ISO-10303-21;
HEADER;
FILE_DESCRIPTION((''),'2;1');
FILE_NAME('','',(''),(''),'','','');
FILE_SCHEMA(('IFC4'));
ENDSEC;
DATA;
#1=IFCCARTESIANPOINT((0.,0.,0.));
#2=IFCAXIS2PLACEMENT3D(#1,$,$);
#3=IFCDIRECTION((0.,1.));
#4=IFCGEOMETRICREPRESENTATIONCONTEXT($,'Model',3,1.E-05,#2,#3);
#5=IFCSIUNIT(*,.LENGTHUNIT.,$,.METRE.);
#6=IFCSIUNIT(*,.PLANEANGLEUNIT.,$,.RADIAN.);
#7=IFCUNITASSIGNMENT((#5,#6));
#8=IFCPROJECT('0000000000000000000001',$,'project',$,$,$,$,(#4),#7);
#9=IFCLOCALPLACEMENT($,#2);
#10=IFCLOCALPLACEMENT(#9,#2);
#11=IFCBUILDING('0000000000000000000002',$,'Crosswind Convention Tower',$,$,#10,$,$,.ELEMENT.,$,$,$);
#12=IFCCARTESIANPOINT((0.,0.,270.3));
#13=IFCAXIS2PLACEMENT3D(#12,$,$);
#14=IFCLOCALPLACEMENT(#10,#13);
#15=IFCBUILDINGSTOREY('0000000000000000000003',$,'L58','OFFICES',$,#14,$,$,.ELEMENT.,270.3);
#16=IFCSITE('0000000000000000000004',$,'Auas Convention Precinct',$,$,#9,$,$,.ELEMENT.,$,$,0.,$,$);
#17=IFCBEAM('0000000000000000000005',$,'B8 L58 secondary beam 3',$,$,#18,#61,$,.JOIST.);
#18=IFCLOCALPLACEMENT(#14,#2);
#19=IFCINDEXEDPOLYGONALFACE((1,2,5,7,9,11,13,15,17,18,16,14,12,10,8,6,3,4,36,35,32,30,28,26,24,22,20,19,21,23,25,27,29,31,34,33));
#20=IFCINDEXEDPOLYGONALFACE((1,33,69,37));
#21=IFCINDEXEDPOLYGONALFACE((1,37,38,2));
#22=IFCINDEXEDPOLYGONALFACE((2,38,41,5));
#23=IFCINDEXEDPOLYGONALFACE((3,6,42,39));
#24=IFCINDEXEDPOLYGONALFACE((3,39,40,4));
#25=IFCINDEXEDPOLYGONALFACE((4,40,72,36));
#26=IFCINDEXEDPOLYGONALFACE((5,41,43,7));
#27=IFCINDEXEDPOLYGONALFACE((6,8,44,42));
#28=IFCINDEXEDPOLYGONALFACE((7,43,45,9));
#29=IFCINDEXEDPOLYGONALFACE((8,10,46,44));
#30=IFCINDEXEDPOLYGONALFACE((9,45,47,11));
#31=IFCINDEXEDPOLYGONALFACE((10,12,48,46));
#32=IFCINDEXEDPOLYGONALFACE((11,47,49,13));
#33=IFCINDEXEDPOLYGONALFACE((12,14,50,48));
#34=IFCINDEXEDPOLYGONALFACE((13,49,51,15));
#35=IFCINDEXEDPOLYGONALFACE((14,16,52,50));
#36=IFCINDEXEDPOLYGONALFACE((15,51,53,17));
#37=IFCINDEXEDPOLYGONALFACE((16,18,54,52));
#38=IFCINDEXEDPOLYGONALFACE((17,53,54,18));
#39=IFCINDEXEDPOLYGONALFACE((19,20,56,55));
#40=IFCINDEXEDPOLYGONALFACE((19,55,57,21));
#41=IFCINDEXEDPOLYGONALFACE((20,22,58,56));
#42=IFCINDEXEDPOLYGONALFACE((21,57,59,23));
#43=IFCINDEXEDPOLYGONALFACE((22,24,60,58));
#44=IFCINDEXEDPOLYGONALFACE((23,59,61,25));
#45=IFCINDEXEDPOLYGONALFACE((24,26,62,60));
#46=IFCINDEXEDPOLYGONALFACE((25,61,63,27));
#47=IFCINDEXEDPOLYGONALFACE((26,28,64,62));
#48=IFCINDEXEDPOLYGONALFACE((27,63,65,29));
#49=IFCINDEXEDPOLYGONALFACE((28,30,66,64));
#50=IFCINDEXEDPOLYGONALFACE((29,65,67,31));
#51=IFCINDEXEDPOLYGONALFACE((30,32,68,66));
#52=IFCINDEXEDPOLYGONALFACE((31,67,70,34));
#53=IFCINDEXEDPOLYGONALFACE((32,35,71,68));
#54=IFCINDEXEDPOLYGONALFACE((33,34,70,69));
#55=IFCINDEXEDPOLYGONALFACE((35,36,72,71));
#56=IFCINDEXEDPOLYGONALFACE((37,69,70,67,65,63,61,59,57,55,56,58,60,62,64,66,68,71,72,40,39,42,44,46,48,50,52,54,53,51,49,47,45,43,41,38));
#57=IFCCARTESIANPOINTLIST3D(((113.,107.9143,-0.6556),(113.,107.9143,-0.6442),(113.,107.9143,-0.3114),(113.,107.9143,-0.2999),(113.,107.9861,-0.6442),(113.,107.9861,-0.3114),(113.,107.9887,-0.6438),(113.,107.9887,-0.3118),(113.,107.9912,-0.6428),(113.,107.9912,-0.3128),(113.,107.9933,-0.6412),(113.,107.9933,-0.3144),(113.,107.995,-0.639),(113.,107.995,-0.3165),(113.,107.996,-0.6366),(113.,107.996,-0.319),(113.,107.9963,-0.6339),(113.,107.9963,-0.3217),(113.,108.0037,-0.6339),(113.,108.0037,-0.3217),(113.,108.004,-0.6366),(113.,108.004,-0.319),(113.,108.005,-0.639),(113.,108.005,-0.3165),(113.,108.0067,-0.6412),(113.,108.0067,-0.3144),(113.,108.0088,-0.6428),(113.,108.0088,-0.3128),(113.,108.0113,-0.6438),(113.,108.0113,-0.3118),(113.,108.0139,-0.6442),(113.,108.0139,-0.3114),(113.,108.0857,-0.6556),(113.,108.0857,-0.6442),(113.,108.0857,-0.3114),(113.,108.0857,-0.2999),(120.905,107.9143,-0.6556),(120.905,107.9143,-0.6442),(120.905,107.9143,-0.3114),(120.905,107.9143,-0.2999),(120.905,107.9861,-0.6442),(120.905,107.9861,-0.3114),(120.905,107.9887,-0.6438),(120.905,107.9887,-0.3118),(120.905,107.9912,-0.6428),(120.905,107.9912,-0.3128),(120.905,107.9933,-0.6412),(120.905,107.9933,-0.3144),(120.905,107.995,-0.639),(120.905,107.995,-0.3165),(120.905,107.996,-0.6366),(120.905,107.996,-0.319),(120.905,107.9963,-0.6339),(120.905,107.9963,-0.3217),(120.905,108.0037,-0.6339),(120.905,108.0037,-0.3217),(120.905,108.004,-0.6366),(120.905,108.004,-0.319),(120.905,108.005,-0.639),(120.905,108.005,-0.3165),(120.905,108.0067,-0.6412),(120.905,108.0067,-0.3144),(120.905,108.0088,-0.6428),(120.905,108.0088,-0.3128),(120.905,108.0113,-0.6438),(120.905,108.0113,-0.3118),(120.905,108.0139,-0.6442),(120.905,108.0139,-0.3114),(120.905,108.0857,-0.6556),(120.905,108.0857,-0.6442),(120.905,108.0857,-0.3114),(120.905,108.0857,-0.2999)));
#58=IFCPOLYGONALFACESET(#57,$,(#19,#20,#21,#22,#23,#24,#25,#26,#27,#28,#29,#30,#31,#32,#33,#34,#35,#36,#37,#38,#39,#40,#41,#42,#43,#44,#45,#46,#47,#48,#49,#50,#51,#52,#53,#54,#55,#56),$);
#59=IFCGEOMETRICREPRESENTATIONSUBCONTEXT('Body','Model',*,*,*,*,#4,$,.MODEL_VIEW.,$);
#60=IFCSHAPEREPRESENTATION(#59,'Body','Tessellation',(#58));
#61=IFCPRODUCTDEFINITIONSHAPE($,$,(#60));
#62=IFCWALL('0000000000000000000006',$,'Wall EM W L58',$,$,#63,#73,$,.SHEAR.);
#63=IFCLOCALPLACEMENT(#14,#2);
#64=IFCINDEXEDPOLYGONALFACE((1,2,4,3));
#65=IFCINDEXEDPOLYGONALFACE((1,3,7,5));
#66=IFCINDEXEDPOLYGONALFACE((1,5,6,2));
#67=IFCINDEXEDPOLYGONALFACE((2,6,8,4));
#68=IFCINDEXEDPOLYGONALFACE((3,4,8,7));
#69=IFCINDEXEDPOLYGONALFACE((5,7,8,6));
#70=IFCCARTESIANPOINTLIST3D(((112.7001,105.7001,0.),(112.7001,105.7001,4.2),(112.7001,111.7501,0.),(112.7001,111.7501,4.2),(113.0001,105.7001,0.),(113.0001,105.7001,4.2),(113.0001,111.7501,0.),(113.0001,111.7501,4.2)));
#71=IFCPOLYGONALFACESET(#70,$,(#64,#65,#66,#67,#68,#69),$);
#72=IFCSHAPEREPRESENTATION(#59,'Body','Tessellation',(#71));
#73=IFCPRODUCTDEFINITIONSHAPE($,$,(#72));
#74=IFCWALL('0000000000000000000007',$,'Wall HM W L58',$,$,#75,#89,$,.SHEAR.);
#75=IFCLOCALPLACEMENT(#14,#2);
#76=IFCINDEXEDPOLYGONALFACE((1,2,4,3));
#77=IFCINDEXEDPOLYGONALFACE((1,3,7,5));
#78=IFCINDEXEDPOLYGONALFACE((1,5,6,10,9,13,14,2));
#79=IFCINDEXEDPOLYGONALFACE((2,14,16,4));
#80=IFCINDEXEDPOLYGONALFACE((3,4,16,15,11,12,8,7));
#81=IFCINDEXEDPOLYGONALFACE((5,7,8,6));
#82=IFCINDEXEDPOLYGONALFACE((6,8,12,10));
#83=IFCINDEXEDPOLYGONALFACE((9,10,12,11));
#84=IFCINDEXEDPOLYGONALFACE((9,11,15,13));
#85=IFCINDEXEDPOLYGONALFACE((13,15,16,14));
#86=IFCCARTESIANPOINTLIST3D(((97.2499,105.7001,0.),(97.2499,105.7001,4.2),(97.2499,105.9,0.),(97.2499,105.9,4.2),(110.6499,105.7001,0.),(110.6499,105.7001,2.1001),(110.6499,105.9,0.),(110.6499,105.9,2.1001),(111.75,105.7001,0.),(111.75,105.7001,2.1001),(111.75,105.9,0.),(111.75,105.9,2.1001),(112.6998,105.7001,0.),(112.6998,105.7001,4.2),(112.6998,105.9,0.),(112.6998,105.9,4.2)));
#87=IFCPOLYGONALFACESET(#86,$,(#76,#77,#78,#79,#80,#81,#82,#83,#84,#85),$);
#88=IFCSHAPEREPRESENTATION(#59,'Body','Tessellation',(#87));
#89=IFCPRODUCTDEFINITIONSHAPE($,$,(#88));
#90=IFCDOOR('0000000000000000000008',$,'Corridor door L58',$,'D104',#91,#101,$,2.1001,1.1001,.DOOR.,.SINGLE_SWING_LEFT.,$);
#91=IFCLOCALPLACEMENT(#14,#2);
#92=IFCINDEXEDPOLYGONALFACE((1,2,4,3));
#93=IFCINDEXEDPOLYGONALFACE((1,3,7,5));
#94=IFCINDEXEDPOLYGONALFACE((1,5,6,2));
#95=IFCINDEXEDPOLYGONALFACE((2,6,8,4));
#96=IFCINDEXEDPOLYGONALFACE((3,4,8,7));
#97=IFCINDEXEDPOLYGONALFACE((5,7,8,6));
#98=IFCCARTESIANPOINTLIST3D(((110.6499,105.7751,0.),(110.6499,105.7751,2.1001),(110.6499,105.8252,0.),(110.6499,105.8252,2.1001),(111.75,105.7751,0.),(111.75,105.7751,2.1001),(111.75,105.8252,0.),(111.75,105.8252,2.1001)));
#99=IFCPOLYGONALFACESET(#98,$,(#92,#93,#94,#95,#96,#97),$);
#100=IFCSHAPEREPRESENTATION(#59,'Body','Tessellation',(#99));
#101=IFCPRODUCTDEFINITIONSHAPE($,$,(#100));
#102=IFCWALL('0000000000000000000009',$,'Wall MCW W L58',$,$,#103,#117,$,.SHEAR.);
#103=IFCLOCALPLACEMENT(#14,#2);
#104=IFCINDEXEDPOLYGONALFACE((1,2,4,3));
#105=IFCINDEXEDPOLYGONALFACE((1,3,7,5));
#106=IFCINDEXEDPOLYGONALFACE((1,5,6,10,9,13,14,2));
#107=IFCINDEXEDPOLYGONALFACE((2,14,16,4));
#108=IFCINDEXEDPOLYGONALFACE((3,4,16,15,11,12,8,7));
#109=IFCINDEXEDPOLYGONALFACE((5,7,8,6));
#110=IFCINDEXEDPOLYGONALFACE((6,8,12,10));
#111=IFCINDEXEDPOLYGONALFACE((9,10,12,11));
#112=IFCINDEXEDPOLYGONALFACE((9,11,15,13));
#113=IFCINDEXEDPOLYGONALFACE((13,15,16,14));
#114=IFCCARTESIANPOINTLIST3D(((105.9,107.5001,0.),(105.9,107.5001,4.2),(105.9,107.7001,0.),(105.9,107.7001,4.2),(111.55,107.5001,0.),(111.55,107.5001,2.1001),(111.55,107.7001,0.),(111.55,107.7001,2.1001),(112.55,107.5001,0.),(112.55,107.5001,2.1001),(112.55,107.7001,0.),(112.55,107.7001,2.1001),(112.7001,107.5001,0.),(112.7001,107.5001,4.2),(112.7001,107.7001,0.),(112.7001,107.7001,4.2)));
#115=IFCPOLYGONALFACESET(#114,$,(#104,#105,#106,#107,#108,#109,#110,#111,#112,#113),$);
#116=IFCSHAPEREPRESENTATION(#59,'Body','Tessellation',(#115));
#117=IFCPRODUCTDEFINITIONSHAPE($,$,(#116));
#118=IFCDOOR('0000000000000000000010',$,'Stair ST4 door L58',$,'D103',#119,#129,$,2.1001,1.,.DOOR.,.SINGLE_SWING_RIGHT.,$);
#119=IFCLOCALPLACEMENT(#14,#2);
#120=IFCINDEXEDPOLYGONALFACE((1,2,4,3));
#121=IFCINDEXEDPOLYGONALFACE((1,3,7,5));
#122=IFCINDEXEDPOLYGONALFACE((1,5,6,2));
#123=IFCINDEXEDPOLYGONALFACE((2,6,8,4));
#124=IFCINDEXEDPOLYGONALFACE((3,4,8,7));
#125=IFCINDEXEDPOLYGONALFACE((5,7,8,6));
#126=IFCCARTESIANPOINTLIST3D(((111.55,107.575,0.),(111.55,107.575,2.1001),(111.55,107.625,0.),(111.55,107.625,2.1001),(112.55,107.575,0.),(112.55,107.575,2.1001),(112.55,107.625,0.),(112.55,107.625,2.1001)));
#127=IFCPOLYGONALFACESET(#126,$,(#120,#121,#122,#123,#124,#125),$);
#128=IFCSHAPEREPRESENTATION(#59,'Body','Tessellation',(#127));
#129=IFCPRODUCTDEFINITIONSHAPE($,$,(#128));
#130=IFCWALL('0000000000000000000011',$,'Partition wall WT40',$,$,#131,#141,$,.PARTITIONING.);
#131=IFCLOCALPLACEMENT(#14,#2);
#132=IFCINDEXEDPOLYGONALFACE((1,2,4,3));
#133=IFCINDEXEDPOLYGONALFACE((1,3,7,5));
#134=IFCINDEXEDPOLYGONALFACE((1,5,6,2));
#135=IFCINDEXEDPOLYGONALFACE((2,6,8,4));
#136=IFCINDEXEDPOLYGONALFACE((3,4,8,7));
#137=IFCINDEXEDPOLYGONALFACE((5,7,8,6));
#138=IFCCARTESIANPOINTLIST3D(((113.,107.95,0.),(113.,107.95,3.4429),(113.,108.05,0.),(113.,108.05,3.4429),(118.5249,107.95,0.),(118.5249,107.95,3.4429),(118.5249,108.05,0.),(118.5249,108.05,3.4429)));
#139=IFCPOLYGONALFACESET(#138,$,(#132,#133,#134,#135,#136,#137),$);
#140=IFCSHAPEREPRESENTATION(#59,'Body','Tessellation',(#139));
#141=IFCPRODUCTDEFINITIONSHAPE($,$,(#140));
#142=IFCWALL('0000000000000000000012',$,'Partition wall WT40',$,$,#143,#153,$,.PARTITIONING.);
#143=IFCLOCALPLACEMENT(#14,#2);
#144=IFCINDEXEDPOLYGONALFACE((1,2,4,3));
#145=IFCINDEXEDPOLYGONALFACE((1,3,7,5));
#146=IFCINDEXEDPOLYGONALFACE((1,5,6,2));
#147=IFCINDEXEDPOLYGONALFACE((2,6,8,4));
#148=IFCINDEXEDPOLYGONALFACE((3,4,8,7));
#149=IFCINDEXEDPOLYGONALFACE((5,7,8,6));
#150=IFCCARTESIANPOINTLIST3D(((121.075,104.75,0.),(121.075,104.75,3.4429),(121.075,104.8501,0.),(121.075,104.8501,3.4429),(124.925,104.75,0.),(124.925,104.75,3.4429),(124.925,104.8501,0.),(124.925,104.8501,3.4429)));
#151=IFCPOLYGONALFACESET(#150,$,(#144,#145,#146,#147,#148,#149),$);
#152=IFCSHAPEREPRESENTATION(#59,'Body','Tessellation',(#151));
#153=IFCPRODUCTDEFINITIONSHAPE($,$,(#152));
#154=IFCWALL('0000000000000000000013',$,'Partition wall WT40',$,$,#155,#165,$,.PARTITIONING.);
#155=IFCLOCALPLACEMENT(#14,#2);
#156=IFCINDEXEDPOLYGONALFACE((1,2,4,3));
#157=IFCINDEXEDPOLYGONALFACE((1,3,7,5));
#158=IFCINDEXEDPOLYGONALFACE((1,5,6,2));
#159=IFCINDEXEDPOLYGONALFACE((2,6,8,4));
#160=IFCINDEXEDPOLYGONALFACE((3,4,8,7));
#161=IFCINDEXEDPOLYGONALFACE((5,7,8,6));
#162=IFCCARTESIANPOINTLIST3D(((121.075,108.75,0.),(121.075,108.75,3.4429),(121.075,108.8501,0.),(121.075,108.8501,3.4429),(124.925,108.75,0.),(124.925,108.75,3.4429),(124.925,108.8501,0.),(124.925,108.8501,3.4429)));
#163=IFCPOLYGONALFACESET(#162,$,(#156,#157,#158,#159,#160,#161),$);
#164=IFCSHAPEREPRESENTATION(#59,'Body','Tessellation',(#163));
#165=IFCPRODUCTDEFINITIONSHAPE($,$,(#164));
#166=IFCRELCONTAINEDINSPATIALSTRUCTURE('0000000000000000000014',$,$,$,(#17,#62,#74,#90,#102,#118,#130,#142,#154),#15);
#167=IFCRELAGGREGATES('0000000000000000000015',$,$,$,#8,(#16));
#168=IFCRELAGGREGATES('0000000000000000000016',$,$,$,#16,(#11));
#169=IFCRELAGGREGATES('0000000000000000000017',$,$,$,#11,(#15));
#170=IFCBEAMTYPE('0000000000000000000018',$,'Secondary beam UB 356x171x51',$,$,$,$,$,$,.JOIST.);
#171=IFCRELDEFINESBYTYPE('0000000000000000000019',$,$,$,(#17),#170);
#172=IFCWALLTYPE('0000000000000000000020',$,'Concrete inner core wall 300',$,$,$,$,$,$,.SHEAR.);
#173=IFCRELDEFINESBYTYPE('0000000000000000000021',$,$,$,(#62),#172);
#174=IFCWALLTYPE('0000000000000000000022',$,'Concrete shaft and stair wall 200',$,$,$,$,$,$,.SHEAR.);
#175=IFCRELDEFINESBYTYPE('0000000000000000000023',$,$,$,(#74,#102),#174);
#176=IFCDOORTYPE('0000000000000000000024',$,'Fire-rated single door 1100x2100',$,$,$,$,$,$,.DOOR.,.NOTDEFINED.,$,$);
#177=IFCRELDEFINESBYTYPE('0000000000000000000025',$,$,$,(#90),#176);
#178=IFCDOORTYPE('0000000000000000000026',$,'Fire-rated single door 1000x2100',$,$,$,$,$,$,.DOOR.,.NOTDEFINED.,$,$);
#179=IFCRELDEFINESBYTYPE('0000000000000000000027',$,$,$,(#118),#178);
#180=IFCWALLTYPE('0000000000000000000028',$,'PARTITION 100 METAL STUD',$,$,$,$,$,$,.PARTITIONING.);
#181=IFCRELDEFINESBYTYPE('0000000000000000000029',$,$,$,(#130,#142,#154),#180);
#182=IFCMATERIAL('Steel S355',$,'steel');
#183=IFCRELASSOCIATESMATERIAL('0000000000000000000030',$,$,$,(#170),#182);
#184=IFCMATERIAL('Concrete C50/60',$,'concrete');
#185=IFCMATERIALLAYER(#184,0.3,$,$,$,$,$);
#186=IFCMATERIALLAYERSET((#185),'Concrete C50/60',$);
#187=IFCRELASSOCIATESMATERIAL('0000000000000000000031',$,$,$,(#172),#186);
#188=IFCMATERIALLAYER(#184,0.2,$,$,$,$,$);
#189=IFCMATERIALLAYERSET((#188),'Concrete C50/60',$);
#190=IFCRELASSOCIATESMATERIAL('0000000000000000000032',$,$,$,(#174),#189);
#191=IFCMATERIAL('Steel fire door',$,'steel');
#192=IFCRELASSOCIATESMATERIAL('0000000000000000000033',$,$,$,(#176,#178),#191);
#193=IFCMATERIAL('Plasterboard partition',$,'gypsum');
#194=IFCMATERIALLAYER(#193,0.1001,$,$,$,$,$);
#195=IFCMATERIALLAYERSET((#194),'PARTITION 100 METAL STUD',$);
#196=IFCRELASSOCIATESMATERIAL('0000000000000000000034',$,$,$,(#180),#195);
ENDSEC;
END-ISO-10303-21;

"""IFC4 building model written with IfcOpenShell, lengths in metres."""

from ifc_helpers import new_model, si_unit, direction, frame, frame_2d, origin, origin_2d, place, context, subcontext, project, spatial, rectangle, i_section, extrude, material, layer, layer_set, material_profile, profile_set, type_object, element, fill, save


model = new_model("IFC4")

# Units and contexts
model_context = context("Model", 3, precision=1e-05, world=origin(), true_north=direction((0.0, 1.0)))
body_context = subcontext(model_context, "Body", "Model", "MODEL_VIEW")
ifc_project = project(units=[si_unit("LENGTHUNIT", "METRE"), si_unit("PLANEANGLEUNIT", "RADIAN")], contexts=[model_context])

# Site, building, storey
site_placement = place(None, origin())
site = spatial("IfcSite", under=ifc_project, at=site_placement, Name="Auas Convention Precinct", CompositionType="ELEMENT", RefElevation=0.0)
building_placement = place(site_placement, origin())
building = spatial("IfcBuilding", under=site, at=building_placement, Name="Crosswind Convention Tower", CompositionType="ELEMENT")
storey_placement = place(building_placement, frame((0.0, 0.0, 270.3)))
storey = spatial("IfcBuildingStorey", under=building, at=storey_placement, Name="L58", Description="OFFICES", CompositionType="ELEMENT", Elevation=270.3)

# Beam
ifc_material_1 = material(Name="Steel S355", Category="steel")
ifc_material_profile_1 = material_profile(ifc_material_1, i_section(OverallWidth=0.1714, OverallDepth=0.3557, WebThickness=0.0073, FlangeThickness=0.0115, FilletRadius=0.0103, at=origin_2d()), Name="UB 356x171x51")
ifc_profile_set_1 = profile_set([ifc_material_profile_1], Name="Steel S355")
beam_type_1 = type_object("IfcBeamType", Name="Secondary beam UB 356x171x51", PredefinedType="JOIST", material=ifc_profile_set_1)
for number, where, z_axis, x_axis, name in (
    (1, (113.0, 108.0, -0.4778), (1.0, 0.0, 0.0), (0.0, 1.0, 0.0), "B8 L58 secondary beam 3"),
):
    element("IfcBeam", number, at=place(storey_placement, frame(where, z_axis=z_axis, x_axis=x_axis)), inside=storey, type_object=beam_type_1, Name=name, PredefinedType="JOIST", context=body_context, shape_type="SweptSolid", body=[
        extrude(i_section(OverallWidth=0.1714, OverallDepth=0.3557, WebThickness=0.0073, FlangeThickness=0.0115, FilletRadius=0.0103, at=origin_2d()), origin(), (0.0, 0.0, 1.0), 7.905),
    ])

# Shared definitions
ifc_material_2 = material(Name="Concrete C50/60", Category="concrete")
ifc_layer_1 = layer(ifc_material_2, 0.3)
ifc_layer_set_1 = layer_set([ifc_layer_1], Name="Concrete C50/60")
wall_type_1 = type_object("IfcWallType", Name="Concrete inner core wall 300", PredefinedType="SHEAR", material=ifc_layer_set_1)

# Wall
wall_1_placement = place(storey_placement, frame((112.8501, 111.75, 0.0), z_axis=(0.0, 0.0, 1.0), x_axis=(0.0, -1.0, 0.0)))
element("IfcWall", 2, at=wall_1_placement, inside=storey, type_object=wall_type_1, Name="Wall EM W L58", PredefinedType="SHEAR", context=body_context, shape_type="SweptSolid", body=[
    extrude(rectangle(XDim=6.05, YDim=0.3, at=frame_2d((3.0249, 0.0))), origin(), (0.0, 0.0, 1.0), 4.2),
])

# Walls, openings, doors
ifc_layer_2 = layer(ifc_material_2, 0.2)
ifc_layer_set_2 = layer_set([ifc_layer_2], Name="Concrete C50/60")
wall_type_2 = type_object("IfcWallType", Name="Concrete shaft and stair wall 200", PredefinedType="SHEAR", material=ifc_layer_set_2)
wall_2_placement = place(storey_placement, frame((112.7, 105.8, 0.0), z_axis=(0.0, 0.0, 1.0), x_axis=(-1.0, 0.0, 0.0)))
wall_2 = element("IfcWall", 3, at=wall_2_placement, inside=storey, type_object=wall_type_2, Name="Wall HM W L58", PredefinedType="SHEAR", context=body_context, shape_type="SweptSolid", body=[
    extrude(rectangle(XDim=15.45, YDim=0.2, at=frame_2d((7.7251, 0.0))), origin(), (0.0, 0.0, 1.0), 4.2),
])
opening_1_placement = place(wall_2_placement, frame((0.95, 0.0, 0.0)))
opening_1 = element("IfcOpeningElement", 4, at=opening_1_placement, cuts=wall_2, PredefinedType="OPENING", context=body_context, shape_type="SweptSolid", body=[
    extrude(rectangle(XDim=1.1001, YDim=2.1001, at=frame_2d((0.55, 1.05))), frame((0.0, 0.1099, 0.0), z_axis=(0.0, -1.0, 0.0), x_axis=(1.0, 0.0, 0.0)), (0.0, 0.0, 1.0), 0.22),
])
ifc_material_3 = material(Name="Steel fire door", Category="steel")
door_type_1 = type_object("IfcDoorType", Name="Fire-rated single door 1100x2100", OperationType="NOTDEFINED", PredefinedType="DOOR", material=ifc_material_3)
door_1_placement = place(opening_1_placement, origin())
door_1 = element("IfcDoor", 5, at=door_1_placement, inside=storey, type_object=door_type_1, Name="Corridor door L58", ObjectType="D104", OperationType="SINGLE_SWING_LEFT", OverallHeight=2.1001, OverallWidth=1.1001, PredefinedType="DOOR", context=body_context, shape_type="SweptSolid", body=[
    extrude(rectangle(XDim=1.1001, YDim=2.1001, at=frame_2d((0.55, 1.05))), frame((0.0, 0.0249, 0.0), z_axis=(0.0, -1.0, 0.0), x_axis=(1.0, 0.0, 0.0)), (0.0, 0.0, 1.0), 0.05),
])
fill(opening_1, door_1)
wall_3_placement = place(storey_placement, frame((112.7, 107.6001, 0.0), z_axis=(0.0, 0.0, 1.0), x_axis=(-1.0, 0.0, 0.0)))
wall_3 = element("IfcWall", 6, at=wall_3_placement, inside=storey, type_object=wall_type_2, Name="Wall MCW W L58", PredefinedType="SHEAR", context=body_context, shape_type="SweptSolid", body=[
    extrude(rectangle(XDim=6.8, YDim=0.2, at=frame_2d((3.3999, 0.0))), origin(), (0.0, 0.0, 1.0), 4.2),
])
opening_2_placement = place(wall_3_placement, frame((0.1499, 0.0, 0.0)))
opening_2 = element("IfcOpeningElement", 7, at=opening_2_placement, cuts=wall_3, PredefinedType="OPENING", context=body_context, shape_type="SweptSolid", body=[
    extrude(rectangle(XDim=1.0, YDim=2.1001, at=frame_2d((0.5, 1.05))), frame((0.0, 0.1099, 0.0), z_axis=(0.0, -1.0, 0.0), x_axis=(1.0, 0.0, 0.0)), (0.0, 0.0, 1.0), 0.22),
])
door_type_2 = type_object("IfcDoorType", Name="Fire-rated single door 1000x2100", OperationType="NOTDEFINED", PredefinedType="DOOR", material=ifc_material_3)
door_2_placement = place(opening_2_placement, frame((1.0, 0.0, 0.0), z_axis=(0.0, 0.0, 1.0), x_axis=(-1.0, 0.0, 0.0)))
door_2 = element("IfcDoor", 8, at=door_2_placement, inside=storey, type_object=door_type_2, Name="Stair ST4 door L58", ObjectType="D103", OperationType="SINGLE_SWING_RIGHT", OverallHeight=2.1001, OverallWidth=1.0, PredefinedType="DOOR", context=body_context, shape_type="SweptSolid", body=[
    extrude(rectangle(XDim=1.0, YDim=2.1001, at=frame_2d((0.5, 1.05))), frame((0.0, 0.0249, 0.0), z_axis=(0.0, -1.0, 0.0), x_axis=(1.0, 0.0, 0.0)), (0.0, 0.0, 1.0), 0.05),
])
fill(opening_2, door_2)

# Walls
ifc_material_4 = material(Name="Plasterboard partition", Category="gypsum")
ifc_layer_3 = layer(ifc_material_4, 0.1001)
ifc_layer_set_3 = layer_set([ifc_layer_3], Name="PARTITION 100 METAL STUD")
wall_type_3 = type_object("IfcWallType", Name="PARTITION 100 METAL STUD", PredefinedType="PARTITIONING", material=ifc_layer_set_3)
wall_4_placement = place(storey_placement, frame((113.0, 108.0, 0.0), z_axis=(0.0, 0.0, 1.0), x_axis=(1.0, 0.0, 0.0)))
element("IfcWall", 9, at=wall_4_placement, inside=storey, type_object=wall_type_3, Name="Partition wall WT40", PredefinedType="PARTITIONING", context=body_context, shape_type="SweptSolid", body=[
    extrude(rectangle(XDim=5.5249, YDim=0.1001, at=frame_2d((2.7625, 0.0))), origin(), (0.0, 0.0, 1.0), 3.4429),
])
for number, where, z_axis, x_axis, name in (
    (10, (121.075, 104.8, 0.0), (0.0, 0.0, 1.0), (1.0, 0.0, 0.0), "Partition wall WT40"),
    (11, (121.075, 108.8, 0.0), (0.0, 0.0, 1.0), (1.0, 0.0, 0.0), "Partition wall WT40"),
):
    element("IfcWall", number, at=place(storey_placement, frame(where, z_axis=z_axis, x_axis=x_axis)), inside=storey, type_object=wall_type_3, Name=name, PredefinedType="PARTITIONING", context=body_context, shape_type="SweptSolid", body=[
        extrude(rectangle(XDim=3.8501, YDim=0.1001, at=frame_2d((1.925, 0.0))), origin(), (0.0, 0.0, 1.0), 3.4429),
    ])

save(model, "model.ifc")
